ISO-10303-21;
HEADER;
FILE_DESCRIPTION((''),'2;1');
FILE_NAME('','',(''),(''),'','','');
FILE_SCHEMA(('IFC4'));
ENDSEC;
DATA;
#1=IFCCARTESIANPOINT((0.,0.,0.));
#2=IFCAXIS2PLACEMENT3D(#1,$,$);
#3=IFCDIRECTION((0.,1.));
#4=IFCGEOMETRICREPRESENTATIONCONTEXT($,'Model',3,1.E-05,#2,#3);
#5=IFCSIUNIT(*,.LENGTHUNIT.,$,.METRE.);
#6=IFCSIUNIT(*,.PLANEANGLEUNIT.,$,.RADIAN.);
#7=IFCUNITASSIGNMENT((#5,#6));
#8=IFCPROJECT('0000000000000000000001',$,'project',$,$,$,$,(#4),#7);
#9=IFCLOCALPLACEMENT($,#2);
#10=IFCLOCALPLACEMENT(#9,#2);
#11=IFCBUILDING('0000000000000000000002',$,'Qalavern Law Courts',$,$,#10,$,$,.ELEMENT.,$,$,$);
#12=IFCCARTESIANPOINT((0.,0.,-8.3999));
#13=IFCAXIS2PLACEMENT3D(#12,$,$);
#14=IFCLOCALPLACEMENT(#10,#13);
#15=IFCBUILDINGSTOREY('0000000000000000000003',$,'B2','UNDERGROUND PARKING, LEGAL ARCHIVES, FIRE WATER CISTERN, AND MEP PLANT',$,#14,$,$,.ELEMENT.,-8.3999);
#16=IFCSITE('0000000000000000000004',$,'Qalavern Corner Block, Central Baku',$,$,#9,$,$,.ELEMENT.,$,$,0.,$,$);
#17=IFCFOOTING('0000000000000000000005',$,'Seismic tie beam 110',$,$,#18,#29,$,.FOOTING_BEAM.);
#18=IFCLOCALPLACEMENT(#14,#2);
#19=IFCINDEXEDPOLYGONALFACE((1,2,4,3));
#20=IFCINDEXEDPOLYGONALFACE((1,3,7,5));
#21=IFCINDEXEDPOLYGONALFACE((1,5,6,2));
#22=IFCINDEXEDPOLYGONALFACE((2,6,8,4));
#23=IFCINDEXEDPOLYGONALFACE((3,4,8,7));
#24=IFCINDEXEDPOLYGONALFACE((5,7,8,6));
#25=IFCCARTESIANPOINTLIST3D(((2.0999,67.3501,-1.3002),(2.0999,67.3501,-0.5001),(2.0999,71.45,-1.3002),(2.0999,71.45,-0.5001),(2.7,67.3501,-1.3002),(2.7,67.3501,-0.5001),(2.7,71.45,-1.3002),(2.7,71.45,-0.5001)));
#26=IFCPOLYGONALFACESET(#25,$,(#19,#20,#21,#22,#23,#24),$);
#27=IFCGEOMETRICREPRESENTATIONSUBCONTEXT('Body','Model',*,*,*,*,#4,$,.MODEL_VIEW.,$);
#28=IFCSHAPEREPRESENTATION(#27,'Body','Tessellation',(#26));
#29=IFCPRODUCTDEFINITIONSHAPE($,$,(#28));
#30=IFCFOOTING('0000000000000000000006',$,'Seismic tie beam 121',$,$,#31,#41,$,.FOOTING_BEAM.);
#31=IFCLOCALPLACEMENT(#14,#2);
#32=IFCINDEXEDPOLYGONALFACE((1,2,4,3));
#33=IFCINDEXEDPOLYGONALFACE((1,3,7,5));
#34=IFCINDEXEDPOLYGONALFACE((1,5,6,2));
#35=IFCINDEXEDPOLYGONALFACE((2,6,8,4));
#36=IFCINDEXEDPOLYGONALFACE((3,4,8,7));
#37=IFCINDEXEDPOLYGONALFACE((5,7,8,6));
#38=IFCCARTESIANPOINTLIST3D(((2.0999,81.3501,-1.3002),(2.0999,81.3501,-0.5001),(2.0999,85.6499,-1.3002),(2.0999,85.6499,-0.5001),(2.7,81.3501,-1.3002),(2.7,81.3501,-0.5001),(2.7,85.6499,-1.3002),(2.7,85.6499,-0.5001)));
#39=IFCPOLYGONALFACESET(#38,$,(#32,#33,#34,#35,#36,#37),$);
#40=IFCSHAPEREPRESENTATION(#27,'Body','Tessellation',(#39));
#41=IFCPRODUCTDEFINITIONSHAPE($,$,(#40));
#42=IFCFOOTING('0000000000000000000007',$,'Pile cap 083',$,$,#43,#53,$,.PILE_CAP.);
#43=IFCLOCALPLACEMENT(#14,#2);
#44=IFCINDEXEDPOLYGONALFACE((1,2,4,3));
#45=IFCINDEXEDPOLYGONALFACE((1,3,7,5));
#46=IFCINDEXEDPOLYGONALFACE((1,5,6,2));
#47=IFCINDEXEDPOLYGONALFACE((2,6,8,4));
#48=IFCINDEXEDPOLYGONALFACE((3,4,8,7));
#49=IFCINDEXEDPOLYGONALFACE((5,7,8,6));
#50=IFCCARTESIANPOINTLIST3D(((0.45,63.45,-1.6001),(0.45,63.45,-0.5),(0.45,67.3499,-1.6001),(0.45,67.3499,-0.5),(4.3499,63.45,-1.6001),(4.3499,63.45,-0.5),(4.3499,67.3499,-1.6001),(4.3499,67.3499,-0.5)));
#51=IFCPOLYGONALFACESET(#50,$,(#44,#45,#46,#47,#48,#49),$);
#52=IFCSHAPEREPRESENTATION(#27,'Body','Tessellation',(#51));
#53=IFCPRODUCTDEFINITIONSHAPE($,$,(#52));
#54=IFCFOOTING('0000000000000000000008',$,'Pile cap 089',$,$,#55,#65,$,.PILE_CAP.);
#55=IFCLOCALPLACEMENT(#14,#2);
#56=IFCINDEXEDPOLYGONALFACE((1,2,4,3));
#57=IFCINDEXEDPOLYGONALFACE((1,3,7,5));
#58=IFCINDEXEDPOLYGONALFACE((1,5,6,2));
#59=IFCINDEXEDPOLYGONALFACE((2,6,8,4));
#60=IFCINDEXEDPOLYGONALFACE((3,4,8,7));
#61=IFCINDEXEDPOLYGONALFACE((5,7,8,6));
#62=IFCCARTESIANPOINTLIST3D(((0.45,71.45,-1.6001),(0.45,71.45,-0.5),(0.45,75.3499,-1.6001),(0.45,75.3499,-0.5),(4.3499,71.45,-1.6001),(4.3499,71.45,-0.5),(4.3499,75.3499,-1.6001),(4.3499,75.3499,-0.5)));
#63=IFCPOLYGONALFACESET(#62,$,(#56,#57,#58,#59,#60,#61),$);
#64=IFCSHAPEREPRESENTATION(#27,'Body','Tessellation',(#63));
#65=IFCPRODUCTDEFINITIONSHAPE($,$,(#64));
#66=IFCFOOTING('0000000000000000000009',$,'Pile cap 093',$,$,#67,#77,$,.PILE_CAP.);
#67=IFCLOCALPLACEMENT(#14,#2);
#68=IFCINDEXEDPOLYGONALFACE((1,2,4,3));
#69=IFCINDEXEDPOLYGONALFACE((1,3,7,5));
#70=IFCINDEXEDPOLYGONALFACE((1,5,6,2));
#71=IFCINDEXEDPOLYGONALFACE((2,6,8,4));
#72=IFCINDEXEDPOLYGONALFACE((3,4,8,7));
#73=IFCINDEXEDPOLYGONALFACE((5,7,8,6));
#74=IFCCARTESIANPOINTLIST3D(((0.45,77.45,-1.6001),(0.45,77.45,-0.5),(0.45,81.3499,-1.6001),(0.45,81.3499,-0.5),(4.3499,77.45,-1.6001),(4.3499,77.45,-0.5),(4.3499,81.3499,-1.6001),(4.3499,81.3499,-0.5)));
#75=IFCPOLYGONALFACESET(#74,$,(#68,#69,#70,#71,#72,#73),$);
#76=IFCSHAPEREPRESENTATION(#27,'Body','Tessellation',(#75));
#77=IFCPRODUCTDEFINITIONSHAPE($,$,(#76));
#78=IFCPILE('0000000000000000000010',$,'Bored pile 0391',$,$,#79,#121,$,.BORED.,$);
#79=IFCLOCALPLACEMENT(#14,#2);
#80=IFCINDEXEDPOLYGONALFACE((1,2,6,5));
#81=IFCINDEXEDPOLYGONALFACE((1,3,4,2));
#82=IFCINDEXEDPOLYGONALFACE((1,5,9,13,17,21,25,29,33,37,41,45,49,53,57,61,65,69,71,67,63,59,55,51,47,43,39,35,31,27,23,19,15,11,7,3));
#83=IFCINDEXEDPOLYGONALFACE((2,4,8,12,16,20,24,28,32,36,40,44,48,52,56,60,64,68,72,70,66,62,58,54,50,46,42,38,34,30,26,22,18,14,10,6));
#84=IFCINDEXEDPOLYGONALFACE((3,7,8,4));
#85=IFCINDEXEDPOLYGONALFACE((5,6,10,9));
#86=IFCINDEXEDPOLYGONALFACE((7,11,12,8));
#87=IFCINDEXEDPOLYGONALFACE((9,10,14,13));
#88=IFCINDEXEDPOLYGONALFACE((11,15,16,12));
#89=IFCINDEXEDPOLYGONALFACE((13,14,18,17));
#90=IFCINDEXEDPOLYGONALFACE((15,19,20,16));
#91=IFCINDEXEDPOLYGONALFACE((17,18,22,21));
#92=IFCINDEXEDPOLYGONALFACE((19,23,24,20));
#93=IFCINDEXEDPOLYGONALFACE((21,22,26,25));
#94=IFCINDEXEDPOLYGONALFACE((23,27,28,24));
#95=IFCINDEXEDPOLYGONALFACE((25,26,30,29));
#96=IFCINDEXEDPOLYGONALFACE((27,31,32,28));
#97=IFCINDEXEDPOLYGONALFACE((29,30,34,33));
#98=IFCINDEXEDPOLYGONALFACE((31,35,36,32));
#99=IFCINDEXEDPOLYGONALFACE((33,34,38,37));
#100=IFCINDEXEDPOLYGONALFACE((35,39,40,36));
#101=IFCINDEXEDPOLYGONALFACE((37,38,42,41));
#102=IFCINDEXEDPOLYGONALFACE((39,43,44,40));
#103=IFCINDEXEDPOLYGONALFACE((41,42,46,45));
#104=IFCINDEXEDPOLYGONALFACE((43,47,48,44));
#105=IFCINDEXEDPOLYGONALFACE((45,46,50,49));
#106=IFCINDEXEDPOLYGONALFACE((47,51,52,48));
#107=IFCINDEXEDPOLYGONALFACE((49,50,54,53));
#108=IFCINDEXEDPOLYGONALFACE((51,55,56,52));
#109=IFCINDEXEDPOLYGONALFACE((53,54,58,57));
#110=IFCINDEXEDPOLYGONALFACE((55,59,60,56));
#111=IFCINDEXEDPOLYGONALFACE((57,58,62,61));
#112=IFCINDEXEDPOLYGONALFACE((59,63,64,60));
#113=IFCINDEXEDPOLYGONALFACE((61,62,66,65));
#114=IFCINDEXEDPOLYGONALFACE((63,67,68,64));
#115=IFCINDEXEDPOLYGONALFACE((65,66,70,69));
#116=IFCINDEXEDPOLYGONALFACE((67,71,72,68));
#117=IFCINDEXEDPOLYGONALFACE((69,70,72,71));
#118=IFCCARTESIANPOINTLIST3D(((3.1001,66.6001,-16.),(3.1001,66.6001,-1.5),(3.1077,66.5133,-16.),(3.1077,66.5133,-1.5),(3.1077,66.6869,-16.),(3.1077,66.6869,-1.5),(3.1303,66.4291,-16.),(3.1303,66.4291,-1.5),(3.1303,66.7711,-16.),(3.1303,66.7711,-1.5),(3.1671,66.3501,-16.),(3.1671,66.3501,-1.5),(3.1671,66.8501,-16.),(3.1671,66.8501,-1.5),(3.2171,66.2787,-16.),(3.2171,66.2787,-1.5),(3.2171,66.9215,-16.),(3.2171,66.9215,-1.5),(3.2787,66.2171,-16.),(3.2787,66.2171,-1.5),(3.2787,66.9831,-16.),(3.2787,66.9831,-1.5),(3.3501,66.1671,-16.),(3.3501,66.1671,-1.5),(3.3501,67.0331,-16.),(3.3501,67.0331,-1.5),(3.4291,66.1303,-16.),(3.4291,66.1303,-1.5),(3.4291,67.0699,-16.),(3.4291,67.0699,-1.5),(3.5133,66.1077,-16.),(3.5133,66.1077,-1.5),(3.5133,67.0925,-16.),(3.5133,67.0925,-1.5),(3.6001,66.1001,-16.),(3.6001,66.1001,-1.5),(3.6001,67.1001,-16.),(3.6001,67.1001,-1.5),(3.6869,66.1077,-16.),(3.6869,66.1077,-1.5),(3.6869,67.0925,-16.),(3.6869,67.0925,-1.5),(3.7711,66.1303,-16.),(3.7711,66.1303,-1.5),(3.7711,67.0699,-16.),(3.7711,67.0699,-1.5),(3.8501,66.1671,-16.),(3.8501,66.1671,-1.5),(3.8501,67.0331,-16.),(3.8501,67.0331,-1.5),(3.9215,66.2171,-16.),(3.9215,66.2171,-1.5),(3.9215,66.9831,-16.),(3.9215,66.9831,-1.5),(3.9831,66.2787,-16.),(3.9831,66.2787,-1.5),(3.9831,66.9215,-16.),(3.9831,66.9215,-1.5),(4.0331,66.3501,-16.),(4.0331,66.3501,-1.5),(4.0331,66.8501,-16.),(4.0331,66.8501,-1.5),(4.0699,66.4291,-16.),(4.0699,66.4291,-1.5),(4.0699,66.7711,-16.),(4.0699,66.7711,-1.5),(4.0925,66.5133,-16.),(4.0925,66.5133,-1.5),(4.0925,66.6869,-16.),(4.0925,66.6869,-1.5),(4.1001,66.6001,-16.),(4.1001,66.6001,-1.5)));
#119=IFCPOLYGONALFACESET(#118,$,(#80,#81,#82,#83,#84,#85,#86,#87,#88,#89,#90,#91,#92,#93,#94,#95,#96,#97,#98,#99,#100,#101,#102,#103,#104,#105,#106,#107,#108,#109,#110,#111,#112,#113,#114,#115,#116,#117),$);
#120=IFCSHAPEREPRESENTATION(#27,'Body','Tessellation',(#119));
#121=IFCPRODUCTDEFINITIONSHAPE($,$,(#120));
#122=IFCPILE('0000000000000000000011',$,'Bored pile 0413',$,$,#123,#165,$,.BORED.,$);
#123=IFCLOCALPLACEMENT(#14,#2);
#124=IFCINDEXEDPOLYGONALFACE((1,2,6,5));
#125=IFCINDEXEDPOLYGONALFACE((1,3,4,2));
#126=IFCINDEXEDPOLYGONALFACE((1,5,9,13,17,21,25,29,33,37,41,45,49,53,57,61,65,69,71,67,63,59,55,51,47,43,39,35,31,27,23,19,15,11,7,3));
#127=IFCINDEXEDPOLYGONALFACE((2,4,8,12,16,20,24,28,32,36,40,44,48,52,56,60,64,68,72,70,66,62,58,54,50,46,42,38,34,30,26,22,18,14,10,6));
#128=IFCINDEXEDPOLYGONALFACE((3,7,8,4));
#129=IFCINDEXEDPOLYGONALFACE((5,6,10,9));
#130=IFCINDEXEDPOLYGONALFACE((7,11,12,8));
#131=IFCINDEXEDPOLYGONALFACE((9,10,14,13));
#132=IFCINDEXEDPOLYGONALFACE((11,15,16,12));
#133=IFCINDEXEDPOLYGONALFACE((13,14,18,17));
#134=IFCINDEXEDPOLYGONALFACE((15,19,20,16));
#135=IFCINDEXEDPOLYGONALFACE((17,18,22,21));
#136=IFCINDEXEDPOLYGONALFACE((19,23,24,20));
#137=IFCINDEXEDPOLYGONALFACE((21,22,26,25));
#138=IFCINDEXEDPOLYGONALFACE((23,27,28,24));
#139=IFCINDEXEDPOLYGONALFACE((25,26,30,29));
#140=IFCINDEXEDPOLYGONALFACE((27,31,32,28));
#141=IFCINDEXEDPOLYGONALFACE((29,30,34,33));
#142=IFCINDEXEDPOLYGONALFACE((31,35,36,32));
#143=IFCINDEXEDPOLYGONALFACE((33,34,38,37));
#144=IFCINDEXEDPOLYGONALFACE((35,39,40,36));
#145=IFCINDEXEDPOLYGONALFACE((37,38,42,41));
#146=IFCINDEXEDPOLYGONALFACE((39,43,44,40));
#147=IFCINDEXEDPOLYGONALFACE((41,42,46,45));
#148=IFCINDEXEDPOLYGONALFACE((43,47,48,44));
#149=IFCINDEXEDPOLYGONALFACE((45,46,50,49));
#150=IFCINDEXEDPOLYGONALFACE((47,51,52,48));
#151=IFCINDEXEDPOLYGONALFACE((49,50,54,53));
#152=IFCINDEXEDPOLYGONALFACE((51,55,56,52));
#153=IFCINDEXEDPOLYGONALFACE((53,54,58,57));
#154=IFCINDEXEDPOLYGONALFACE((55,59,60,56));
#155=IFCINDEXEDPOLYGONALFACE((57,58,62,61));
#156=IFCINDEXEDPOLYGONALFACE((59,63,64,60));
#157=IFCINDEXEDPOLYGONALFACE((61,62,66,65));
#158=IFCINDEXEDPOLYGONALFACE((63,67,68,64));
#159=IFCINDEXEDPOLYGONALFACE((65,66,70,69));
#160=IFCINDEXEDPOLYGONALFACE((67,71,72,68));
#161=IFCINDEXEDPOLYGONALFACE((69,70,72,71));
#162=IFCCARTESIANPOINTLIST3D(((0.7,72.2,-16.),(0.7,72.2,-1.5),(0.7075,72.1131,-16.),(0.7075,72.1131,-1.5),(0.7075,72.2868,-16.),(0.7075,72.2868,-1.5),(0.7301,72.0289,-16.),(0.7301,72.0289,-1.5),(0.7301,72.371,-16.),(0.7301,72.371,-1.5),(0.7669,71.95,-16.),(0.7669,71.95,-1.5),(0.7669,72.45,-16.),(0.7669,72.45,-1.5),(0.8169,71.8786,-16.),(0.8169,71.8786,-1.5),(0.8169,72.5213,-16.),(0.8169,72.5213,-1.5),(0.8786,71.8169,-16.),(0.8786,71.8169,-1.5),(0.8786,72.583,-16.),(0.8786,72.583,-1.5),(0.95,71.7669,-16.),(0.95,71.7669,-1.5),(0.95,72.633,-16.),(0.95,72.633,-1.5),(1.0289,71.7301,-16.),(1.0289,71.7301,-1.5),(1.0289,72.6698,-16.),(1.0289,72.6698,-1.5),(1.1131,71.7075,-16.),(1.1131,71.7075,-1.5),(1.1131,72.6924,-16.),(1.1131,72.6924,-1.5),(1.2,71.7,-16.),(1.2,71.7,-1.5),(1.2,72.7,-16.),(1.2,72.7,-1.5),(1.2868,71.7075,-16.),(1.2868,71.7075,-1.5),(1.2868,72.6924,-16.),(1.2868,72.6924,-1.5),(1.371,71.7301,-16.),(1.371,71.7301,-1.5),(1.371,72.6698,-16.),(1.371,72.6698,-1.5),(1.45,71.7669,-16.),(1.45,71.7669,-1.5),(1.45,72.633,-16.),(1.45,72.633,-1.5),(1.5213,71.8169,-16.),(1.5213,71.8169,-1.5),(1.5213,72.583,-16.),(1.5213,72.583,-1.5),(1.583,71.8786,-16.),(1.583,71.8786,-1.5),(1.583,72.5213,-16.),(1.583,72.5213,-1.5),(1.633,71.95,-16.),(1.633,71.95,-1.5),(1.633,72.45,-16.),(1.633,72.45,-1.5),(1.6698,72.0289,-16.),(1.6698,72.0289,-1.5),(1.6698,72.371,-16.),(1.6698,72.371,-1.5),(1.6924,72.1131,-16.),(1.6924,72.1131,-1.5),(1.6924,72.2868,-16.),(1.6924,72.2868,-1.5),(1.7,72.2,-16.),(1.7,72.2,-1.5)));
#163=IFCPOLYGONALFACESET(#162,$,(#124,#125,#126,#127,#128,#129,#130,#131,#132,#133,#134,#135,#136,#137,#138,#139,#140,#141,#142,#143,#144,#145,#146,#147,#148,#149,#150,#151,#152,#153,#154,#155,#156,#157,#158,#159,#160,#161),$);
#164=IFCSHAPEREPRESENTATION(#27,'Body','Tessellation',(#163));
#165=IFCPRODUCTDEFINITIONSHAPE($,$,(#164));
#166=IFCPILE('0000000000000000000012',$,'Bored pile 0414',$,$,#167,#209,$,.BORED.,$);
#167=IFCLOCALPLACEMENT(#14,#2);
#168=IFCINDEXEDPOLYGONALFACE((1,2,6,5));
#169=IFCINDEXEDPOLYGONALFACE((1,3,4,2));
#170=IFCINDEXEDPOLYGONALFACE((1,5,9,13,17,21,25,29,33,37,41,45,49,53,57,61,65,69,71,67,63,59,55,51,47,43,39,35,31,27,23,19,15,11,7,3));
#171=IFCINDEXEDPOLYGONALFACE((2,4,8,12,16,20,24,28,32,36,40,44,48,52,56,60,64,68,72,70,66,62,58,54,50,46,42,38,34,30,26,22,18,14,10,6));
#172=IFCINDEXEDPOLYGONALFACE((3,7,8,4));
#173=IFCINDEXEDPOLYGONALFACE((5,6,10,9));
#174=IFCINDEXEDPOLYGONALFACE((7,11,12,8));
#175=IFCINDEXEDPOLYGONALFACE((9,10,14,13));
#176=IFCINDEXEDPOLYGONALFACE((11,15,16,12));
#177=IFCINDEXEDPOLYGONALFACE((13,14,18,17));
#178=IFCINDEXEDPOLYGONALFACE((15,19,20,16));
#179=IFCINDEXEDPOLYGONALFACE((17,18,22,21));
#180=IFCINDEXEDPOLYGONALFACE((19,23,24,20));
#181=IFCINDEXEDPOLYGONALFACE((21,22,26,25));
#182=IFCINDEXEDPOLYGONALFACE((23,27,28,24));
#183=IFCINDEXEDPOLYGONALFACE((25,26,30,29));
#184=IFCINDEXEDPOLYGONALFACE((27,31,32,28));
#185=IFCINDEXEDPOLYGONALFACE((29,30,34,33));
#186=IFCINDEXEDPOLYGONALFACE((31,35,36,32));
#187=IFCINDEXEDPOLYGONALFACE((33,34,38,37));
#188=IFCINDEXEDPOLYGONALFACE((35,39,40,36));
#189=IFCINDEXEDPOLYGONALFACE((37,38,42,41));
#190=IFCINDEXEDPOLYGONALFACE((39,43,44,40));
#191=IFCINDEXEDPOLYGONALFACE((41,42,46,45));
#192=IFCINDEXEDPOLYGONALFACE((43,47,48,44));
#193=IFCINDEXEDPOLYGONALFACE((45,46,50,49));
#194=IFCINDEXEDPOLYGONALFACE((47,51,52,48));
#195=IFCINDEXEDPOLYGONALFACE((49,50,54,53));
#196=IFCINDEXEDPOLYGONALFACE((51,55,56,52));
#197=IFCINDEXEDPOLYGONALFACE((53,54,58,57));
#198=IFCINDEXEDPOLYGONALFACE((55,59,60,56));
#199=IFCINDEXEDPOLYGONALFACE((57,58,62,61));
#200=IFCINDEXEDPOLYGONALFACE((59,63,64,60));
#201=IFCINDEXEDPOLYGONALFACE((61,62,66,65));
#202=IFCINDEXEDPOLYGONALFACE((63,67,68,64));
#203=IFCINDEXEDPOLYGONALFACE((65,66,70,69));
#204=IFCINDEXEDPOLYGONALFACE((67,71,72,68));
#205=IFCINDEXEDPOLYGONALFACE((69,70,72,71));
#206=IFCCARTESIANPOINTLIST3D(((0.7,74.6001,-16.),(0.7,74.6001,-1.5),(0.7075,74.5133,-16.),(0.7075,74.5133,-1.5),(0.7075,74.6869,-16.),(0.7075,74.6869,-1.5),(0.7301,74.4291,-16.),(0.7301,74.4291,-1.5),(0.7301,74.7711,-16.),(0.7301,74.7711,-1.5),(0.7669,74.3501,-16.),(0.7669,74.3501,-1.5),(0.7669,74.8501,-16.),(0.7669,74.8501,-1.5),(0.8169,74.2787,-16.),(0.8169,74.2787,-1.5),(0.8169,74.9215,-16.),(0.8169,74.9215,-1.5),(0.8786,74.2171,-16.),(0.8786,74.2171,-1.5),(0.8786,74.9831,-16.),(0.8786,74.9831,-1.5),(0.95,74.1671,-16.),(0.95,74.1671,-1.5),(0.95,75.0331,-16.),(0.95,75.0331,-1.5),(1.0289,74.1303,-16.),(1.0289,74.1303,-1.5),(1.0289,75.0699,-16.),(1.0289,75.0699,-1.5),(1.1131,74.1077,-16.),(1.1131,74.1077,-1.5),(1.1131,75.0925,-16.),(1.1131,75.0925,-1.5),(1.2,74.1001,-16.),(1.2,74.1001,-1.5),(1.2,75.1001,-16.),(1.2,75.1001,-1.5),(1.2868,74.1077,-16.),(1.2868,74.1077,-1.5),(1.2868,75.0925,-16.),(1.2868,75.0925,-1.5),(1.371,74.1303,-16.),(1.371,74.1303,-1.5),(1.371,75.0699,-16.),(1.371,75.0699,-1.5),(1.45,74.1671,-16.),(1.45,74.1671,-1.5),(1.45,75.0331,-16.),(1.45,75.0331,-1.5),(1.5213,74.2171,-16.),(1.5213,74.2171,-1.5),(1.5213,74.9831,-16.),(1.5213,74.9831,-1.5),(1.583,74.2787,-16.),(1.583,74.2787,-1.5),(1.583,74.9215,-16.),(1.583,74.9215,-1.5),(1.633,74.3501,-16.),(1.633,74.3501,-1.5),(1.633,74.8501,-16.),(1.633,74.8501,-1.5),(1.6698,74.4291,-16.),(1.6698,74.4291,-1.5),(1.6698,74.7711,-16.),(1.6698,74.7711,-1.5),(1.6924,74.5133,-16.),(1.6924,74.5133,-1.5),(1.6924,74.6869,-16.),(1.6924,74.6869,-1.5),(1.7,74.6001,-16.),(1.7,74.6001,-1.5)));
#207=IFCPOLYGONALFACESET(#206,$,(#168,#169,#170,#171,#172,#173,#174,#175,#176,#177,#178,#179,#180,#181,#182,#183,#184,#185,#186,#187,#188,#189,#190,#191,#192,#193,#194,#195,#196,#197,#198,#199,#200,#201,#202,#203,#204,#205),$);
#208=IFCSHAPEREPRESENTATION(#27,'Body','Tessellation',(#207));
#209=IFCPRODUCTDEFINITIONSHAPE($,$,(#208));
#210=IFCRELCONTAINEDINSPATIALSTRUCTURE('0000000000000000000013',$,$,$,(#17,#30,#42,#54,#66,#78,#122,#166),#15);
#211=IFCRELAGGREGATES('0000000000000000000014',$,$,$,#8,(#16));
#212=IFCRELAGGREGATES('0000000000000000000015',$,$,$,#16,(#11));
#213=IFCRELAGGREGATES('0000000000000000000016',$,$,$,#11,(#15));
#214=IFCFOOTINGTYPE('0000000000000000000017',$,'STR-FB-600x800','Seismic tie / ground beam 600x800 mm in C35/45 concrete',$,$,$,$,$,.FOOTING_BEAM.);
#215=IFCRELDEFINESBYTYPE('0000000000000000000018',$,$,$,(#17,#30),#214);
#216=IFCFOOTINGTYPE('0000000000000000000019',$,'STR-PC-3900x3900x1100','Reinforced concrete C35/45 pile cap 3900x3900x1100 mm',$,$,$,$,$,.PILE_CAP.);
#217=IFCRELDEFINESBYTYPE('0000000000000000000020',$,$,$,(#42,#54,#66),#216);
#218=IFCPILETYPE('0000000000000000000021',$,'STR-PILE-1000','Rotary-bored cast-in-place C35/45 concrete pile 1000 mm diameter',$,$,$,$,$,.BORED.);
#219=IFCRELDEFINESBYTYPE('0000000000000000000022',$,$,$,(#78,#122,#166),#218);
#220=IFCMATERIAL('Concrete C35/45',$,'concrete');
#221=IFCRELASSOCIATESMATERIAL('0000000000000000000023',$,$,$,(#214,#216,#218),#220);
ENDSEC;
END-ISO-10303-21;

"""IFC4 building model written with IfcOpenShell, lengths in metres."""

from ifc_helpers import new_model, si_unit, direction, frame, origin, origin_2d, place, context, subcontext, project, spatial, rectangle, circle, extrude, material, material_profile, profile_set, type_object, element, save


model = new_model("IFC4")

# Units and contexts
model_context = context("Model", 3, precision=1e-05, world=origin(), true_north=direction((0.0, 1.0)))
body_context = subcontext(model_context, "Body", "Model", "MODEL_VIEW")
ifc_project = project(units=[si_unit("LENGTHUNIT", "METRE"), si_unit("PLANEANGLEUNIT", "RADIAN")], contexts=[model_context])

# Site, building, storey
site_placement = place(None, origin())
site = spatial("IfcSite", under=ifc_project, at=site_placement, Name="Qalavern Corner Block, Central Baku", CompositionType="ELEMENT", RefElevation=0.0)
building_placement = place(site_placement, origin())
building = spatial("IfcBuilding", under=site, at=building_placement, Name="Qalavern Law Courts", CompositionType="ELEMENT")
storey_placement = place(building_placement, frame((0.0, 0.0, -8.3999)))
storey = spatial("IfcBuildingStorey", under=building, at=storey_placement, Name="B2", Description="UNDERGROUND PARKING, LEGAL ARCHIVES, FIRE WATER CISTERN, AND MEP PLANT", CompositionType="ELEMENT", Elevation=-8.3999)

# Footings
ifc_material_1 = material(Name="Concrete C35/45", Category="concrete")
ifc_material_profile_1 = material_profile(ifc_material_1, rectangle(XDim=0.6001, YDim=0.8, at=origin_2d()), Name="RC 600x800")
ifc_profile_set_1 = profile_set([ifc_material_profile_1], Name="Concrete C35/45")
footing_type_1 = type_object("IfcFootingType", Name="STR-FB-600x800", Description="Seismic tie / ground beam 600x800 mm in C35/45 concrete", PredefinedType="FOOTING_BEAM", material=ifc_profile_set_1)
footing_1_placement = place(storey_placement, frame((2.3999, 67.3501, -0.9001), z_axis=(0.0, 1.0, 0.0), x_axis=(-1.0, 0.0, 0.0)))
element("IfcFooting", 1, at=footing_1_placement, inside=storey, type_object=footing_type_1, Name="Seismic tie beam 110", PredefinedType="FOOTING_BEAM", context=body_context, shape_type="SweptSolid", body=[
    extrude(rectangle(XDim=0.6001, YDim=0.8, at=origin_2d()), origin(), (0.0, 0.0, 1.0), 4.0999),
])
footing_2_placement = place(storey_placement, frame((2.3999, 81.3501, -0.9001), z_axis=(0.0, 1.0, 0.0), x_axis=(-1.0, 0.0, 0.0)))
element("IfcFooting", 2, at=footing_2_placement, inside=storey, type_object=footing_type_1, Name="Seismic tie beam 121", PredefinedType="FOOTING_BEAM", context=body_context, shape_type="SweptSolid", body=[
    extrude(rectangle(XDim=0.6001, YDim=0.8, at=origin_2d()), origin(), (0.0, 0.0, 1.0), 4.2998),
])
footing_type_2 = type_object("IfcFootingType", Name="STR-PC-3900x3900x1100", Description="Reinforced concrete C35/45 pile cap 3900x3900x1100 mm", PredefinedType="PILE_CAP", material=ifc_material_1)
for number, where, z_axis, x_axis, name in (
    (3, (2.3999, 65.3999, -1.6001), (0.0, 0.0, 1.0), (1.0, 0.0, 0.0), "Pile cap 083"),
    (4, (2.3999, 73.3999, -1.6001), (0.0, 0.0, 1.0), (1.0, 0.0, 0.0), "Pile cap 089"),
    (5, (2.3999, 79.3999, -1.6001), (0.0, 0.0, 1.0), (1.0, 0.0, 0.0), "Pile cap 093"),
):
    element("IfcFooting", number, at=place(storey_placement, frame(where, z_axis=z_axis, x_axis=x_axis)), inside=storey, type_object=footing_type_2, Name=name, PredefinedType="PILE_CAP", context=body_context, shape_type="SweptSolid", body=[
        extrude(rectangle(XDim=3.8999, YDim=3.8999, at=origin_2d()), origin(), (0.0, 0.0, 1.0), 1.1001),
    ])

# Piles
ifc_material_profile_2 = material_profile(ifc_material_1, circle(Radius=0.5, at=origin_2d()), Name="BORED PILE 1000")
ifc_profile_set_2 = profile_set([ifc_material_profile_2], Name="Concrete C35/45")
pile_type_1 = type_object("IfcPileType", Name="STR-PILE-1000", Description="Rotary-bored cast-in-place C35/45 concrete pile 1000 mm diameter", PredefinedType="BORED", material=ifc_profile_set_2)
for number, where, z_axis, x_axis, name in (
    (6, (3.6001, 66.6001, -1.5), (0.0, 0.0, -1.0), (1.0, 0.0, 0.0), "Bored pile 0391"),
    (7, (1.2, 72.2, -1.5), (0.0, 0.0, -1.0), (1.0, 0.0, 0.0), "Bored pile 0413"),
    (8, (1.2, 74.6001, -1.5), (0.0, 0.0, -1.0), (1.0, 0.0, 0.0), "Bored pile 0414"),
):
    element("IfcPile", number, at=place(storey_placement, frame(where, z_axis=z_axis, x_axis=x_axis)), inside=storey, type_object=pile_type_1, Name=name, PredefinedType="BORED", context=body_context, shape_type="SweptSolid", body=[
        extrude(circle(Radius=0.5, at=origin_2d()), origin(), (0.0, 0.0, 1.0), 14.5),
    ])

save(model, "model.ifc")
